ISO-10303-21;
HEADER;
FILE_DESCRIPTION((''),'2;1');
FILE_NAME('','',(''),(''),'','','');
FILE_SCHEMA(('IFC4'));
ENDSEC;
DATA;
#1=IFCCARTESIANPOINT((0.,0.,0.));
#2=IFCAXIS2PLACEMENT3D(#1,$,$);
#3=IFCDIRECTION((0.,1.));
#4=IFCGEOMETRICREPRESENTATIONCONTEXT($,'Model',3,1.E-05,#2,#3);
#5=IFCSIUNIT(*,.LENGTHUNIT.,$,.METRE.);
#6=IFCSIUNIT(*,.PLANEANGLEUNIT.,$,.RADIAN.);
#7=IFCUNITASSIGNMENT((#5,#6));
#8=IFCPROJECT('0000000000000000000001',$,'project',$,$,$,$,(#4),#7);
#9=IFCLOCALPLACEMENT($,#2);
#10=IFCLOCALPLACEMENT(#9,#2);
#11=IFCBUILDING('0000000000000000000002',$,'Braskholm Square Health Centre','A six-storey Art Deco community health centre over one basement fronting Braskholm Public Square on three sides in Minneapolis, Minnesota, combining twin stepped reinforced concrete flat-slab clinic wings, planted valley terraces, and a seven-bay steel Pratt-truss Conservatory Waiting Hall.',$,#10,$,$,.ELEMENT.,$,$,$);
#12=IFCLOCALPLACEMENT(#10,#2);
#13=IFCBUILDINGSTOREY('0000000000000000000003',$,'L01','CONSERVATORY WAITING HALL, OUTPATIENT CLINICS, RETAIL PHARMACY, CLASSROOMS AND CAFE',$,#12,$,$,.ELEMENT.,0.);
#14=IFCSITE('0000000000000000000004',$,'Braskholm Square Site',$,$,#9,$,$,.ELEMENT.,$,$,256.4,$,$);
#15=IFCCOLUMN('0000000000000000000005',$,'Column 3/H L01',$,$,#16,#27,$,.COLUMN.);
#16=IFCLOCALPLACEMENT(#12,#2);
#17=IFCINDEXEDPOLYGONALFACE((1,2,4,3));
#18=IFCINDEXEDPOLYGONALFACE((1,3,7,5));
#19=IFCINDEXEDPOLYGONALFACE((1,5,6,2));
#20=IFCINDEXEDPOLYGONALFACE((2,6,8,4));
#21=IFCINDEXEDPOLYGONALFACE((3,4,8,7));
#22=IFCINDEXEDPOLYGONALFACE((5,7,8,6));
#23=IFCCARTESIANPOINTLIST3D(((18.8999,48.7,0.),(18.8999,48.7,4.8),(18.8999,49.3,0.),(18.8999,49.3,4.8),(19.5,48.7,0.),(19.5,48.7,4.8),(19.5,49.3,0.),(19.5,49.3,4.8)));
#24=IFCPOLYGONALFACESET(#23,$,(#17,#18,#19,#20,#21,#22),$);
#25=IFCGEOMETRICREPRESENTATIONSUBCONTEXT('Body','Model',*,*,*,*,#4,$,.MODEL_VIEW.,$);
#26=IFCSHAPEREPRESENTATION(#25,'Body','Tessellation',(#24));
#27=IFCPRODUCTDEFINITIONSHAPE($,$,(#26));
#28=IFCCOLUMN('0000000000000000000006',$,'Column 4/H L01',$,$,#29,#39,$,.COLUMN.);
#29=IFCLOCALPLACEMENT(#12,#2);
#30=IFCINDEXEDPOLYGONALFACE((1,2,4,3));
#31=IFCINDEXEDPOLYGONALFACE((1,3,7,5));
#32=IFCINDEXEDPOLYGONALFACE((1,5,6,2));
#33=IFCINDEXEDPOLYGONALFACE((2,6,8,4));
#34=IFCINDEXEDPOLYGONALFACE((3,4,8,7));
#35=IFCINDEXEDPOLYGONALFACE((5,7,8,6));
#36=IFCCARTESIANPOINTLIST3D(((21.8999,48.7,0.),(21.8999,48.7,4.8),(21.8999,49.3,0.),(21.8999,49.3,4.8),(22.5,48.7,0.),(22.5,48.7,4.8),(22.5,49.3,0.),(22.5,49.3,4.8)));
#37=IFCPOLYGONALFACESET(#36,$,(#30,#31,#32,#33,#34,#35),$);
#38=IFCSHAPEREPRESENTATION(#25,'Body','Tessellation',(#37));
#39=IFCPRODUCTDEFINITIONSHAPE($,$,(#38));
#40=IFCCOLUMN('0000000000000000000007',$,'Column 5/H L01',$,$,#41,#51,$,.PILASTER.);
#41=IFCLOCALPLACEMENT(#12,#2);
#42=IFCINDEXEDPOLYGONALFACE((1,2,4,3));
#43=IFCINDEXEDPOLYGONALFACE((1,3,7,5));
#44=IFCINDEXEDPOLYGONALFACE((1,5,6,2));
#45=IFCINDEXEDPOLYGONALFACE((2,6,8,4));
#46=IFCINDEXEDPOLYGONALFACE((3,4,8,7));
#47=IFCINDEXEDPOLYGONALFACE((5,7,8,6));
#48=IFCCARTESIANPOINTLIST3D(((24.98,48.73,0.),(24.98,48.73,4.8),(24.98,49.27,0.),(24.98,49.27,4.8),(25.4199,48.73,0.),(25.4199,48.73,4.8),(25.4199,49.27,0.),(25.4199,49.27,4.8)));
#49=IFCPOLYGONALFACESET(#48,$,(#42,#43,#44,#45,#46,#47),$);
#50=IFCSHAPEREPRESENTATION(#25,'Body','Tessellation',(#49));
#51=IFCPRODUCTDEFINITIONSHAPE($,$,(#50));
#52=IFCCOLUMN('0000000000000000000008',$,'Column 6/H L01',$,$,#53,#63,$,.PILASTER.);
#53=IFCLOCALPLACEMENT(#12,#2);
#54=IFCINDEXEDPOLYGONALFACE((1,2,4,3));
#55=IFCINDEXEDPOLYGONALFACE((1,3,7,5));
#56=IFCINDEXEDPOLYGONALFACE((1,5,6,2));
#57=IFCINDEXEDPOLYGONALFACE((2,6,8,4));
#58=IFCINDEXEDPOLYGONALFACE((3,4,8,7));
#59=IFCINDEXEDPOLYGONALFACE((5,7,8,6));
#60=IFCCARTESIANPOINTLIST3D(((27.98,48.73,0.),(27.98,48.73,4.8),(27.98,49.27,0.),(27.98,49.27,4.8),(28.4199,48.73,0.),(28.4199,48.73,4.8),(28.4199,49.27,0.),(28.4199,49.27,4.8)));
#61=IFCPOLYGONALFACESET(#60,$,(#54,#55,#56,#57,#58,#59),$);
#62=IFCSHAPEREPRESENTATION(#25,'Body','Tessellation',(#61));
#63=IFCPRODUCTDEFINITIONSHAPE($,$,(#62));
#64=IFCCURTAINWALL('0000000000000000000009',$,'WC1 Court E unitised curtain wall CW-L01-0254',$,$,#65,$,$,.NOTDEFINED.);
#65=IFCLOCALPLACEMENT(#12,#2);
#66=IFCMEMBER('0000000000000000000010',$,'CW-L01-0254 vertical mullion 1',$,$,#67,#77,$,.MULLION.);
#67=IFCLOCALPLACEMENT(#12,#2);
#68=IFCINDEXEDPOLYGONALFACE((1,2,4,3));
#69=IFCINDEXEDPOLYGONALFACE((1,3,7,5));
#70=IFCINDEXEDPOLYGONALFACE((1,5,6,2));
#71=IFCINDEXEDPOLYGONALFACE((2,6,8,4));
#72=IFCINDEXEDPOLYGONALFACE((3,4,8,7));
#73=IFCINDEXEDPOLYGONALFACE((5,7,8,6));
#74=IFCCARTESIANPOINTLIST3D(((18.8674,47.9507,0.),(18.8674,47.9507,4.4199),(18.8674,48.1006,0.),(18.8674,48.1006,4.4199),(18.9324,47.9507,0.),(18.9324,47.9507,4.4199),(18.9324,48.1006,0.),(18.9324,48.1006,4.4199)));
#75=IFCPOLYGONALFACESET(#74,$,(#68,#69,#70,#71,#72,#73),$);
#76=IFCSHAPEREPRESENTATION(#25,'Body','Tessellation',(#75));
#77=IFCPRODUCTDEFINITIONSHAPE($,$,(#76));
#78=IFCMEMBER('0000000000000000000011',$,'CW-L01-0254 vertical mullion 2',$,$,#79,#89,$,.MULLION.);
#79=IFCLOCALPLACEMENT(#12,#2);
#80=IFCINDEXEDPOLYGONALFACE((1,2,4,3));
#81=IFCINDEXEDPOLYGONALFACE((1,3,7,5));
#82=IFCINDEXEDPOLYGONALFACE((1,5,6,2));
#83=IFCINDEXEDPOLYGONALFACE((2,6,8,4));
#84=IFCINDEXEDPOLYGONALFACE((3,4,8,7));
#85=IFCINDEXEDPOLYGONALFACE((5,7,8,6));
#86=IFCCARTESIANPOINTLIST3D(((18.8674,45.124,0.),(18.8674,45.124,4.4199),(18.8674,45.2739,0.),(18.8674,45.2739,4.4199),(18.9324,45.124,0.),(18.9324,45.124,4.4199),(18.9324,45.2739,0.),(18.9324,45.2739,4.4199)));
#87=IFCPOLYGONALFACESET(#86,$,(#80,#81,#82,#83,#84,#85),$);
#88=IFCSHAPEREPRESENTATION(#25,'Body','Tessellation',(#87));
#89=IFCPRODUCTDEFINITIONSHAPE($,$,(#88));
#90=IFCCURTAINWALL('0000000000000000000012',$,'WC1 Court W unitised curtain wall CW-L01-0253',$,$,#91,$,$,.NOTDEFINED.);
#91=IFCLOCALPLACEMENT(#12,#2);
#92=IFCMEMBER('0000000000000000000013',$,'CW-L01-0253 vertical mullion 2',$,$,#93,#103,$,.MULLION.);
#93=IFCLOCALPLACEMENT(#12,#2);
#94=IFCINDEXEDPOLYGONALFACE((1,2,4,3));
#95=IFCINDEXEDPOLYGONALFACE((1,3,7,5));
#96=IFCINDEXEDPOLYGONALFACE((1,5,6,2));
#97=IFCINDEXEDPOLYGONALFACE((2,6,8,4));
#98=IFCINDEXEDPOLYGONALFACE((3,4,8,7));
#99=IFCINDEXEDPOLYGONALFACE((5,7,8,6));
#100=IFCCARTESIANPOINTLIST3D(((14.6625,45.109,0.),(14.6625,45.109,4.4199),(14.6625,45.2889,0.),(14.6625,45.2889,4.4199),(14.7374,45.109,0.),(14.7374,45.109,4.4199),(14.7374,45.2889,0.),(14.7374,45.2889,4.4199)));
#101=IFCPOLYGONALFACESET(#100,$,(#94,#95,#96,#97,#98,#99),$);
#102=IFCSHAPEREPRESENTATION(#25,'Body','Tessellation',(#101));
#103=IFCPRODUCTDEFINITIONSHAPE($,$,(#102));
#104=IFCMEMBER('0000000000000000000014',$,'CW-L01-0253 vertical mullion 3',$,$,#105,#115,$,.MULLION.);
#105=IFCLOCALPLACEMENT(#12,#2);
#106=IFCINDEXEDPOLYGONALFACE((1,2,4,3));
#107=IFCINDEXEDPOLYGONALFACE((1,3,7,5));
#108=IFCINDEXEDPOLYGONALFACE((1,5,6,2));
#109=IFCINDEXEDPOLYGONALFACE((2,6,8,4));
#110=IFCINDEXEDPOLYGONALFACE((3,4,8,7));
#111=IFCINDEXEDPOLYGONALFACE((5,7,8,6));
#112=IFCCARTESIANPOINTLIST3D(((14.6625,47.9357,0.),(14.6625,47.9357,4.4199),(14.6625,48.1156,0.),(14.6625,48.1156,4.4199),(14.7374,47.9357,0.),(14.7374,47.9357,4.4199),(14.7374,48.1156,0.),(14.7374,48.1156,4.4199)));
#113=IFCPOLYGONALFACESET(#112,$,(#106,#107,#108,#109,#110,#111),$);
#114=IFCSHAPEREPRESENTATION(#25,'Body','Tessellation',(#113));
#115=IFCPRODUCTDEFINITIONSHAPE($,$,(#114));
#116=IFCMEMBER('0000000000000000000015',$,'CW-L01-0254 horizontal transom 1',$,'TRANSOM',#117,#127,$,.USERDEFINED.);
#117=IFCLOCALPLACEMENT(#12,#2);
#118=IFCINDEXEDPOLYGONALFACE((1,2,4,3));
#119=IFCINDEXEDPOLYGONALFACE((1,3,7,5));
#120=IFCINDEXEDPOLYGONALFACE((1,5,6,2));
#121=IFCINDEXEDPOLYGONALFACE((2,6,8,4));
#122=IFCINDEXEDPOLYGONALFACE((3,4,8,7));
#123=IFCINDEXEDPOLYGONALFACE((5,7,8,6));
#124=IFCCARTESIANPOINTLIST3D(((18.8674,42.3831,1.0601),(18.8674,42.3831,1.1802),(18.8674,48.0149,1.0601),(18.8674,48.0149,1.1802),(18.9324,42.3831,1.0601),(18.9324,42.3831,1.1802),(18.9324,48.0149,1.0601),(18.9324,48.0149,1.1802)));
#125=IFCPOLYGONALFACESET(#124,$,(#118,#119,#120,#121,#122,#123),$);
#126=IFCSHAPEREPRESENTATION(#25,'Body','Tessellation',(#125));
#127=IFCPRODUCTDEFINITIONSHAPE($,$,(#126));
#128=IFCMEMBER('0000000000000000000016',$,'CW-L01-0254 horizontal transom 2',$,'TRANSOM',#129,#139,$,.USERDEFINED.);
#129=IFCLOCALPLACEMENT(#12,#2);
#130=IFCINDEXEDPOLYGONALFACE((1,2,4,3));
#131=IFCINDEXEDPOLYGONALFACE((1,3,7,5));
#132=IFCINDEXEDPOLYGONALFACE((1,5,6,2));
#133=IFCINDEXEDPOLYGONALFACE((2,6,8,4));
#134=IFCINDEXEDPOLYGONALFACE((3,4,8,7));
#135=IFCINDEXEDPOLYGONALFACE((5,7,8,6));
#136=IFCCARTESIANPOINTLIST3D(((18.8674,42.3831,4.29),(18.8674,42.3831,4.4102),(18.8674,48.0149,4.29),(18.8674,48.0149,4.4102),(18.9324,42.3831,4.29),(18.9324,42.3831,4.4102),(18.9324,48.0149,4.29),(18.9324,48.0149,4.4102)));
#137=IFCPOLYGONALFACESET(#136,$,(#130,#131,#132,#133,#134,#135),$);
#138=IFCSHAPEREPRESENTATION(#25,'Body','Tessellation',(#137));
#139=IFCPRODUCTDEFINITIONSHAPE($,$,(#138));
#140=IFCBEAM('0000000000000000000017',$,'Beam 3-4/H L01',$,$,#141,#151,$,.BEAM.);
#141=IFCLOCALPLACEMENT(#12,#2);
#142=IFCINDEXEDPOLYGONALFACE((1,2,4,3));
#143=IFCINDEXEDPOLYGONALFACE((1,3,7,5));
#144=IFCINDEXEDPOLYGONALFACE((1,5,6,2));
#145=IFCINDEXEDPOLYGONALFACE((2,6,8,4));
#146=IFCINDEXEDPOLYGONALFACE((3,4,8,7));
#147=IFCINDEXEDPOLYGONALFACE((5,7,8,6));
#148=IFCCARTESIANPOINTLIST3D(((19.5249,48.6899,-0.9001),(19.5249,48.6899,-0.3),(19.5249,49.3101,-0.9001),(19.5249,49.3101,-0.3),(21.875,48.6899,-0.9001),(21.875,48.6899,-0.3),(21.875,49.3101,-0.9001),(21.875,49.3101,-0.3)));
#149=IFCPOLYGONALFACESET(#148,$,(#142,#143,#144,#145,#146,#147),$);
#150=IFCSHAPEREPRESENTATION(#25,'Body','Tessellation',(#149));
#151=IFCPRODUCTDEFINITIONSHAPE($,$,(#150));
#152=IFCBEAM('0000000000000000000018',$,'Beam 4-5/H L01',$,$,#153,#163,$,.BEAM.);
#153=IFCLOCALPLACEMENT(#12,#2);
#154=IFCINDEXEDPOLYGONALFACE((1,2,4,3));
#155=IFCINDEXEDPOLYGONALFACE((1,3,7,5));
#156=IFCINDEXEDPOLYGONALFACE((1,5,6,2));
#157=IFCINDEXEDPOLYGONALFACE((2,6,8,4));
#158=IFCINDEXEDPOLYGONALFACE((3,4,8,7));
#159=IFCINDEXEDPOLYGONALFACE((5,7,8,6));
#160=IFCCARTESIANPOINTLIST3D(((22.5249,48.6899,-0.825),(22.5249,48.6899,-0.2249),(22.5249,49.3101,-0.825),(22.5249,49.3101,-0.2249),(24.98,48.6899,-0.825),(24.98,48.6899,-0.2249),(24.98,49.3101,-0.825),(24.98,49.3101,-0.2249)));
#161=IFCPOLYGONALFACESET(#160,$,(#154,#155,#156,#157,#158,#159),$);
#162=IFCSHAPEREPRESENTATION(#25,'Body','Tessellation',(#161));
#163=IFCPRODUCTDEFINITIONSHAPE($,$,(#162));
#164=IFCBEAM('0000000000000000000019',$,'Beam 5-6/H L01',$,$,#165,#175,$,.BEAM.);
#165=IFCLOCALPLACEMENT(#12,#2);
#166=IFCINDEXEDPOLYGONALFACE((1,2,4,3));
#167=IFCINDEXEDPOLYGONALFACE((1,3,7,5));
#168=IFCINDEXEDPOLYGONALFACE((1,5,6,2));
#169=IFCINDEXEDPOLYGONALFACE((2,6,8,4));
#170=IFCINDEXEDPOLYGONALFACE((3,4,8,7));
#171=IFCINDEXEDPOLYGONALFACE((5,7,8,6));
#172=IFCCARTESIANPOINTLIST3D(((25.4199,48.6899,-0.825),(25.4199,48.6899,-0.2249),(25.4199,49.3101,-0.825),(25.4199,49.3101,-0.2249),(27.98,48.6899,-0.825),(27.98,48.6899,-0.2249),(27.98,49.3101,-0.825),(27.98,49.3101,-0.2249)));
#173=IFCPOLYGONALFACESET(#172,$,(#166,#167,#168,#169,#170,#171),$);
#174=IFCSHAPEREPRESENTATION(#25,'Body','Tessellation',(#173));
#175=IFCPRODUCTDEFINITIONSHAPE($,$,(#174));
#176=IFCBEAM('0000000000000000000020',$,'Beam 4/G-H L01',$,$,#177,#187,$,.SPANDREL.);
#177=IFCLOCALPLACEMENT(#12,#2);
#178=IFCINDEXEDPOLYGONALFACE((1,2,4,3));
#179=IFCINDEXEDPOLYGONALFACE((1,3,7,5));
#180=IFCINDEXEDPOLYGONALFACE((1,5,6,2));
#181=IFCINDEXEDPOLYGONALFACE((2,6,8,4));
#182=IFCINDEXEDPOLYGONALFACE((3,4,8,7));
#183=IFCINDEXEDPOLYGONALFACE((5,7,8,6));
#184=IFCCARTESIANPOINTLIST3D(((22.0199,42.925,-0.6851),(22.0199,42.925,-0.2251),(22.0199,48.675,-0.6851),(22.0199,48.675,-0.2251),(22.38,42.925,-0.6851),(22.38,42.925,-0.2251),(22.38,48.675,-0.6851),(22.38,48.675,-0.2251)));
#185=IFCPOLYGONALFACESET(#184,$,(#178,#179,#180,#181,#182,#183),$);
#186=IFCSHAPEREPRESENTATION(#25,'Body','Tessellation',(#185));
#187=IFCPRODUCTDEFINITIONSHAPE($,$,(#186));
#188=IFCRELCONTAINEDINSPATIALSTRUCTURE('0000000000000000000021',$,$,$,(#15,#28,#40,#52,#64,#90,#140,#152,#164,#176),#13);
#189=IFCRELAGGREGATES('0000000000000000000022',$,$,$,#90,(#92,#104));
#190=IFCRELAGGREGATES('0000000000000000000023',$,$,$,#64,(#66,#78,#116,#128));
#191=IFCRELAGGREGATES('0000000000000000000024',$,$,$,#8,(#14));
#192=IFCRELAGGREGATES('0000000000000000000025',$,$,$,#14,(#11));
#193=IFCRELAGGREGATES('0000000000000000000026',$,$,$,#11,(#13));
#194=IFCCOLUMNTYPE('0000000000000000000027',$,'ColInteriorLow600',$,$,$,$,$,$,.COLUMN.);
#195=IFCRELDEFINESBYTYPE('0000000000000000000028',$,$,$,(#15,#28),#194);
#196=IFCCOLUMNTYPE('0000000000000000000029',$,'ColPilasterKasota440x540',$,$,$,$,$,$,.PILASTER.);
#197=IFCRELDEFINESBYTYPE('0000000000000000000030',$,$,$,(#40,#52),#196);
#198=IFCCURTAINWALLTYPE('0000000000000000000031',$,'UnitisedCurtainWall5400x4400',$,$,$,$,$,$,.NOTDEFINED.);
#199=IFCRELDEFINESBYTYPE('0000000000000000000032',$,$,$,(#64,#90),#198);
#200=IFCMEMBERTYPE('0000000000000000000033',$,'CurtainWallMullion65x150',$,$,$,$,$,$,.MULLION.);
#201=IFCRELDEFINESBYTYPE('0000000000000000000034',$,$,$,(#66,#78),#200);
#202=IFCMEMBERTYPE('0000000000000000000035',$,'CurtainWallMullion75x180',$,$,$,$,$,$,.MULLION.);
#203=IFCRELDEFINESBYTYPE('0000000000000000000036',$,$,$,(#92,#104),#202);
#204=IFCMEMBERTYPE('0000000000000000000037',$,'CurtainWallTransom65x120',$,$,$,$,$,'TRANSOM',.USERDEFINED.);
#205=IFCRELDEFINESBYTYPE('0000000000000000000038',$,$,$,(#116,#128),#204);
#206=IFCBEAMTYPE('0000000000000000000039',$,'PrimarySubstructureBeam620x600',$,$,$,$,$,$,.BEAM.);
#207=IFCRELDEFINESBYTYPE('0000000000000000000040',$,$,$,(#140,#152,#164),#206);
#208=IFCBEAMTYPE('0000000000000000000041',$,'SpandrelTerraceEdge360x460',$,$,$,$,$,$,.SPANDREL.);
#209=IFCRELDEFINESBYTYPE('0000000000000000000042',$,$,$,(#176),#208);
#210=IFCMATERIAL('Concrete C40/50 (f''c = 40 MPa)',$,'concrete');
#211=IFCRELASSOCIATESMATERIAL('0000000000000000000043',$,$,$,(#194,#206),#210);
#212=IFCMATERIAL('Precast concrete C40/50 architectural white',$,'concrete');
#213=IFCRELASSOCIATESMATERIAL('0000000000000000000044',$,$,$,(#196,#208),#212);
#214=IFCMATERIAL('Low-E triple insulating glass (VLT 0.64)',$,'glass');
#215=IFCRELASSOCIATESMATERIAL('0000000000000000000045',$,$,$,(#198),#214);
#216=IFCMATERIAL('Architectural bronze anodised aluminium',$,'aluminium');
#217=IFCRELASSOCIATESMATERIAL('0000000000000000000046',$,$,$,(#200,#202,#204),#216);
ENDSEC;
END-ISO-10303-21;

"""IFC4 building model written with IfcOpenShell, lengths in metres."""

from ifc_helpers import new_model, si_unit, direction, frame, origin, origin_2d, place, context, subcontext, project, spatial, rectangle, extrude, material, material_profile, profile_set, type_object, element, aggregate, save


model = new_model("IFC4")

# Units and contexts
model_context = context("Model", 3, precision=1e-05, world=origin(), true_north=direction((0.0, 1.0)))
body_context = subcontext(model_context, "Body", "Model", "MODEL_VIEW")
ifc_project = project(units=[si_unit("LENGTHUNIT", "METRE"), si_unit("PLANEANGLEUNIT", "RADIAN")], contexts=[model_context])

# Site, building, storey
site_placement = place(None, origin())
site = spatial("IfcSite", under=ifc_project, at=site_placement, Name="Braskholm Square Site", CompositionType="ELEMENT", RefElevation=256.4)
building_placement = place(site_placement, origin())
building = spatial("IfcBuilding", under=site, at=building_placement, Name="Braskholm Square Health Centre", Description="A six-storey Art Deco community health centre over one basement fronting Braskholm Public Square on three sides in Minneapolis, Minnesota, combining twin stepped reinforced concrete flat-slab clinic wings, planted valley terraces, and a seven-bay steel Pratt-truss Conservatory Waiting Hall.", CompositionType="ELEMENT")
storey_placement = place(building_placement, origin())
storey = spatial("IfcBuildingStorey", under=building, at=storey_placement, Name="L01", Description="CONSERVATORY WAITING HALL, OUTPATIENT CLINICS, RETAIL PHARMACY, CLASSROOMS AND CAFE", CompositionType="ELEMENT", Elevation=0.0)

# Columns
ifc_material_1 = material(Name="Concrete C40/50 (f'c = 40 MPa)", Category="concrete")
ifc_material_profile_1 = material_profile(ifc_material_1, rectangle(XDim=0.6001, YDim=0.6001, at=origin_2d()), Name="RC-600X600")
ifc_profile_set_1 = profile_set([ifc_material_profile_1], Name="Concrete C40/50 (f'c = 40 MPa)")
column_type_1 = type_object("IfcColumnType", Name="ColInteriorLow600", PredefinedType="COLUMN", material=ifc_profile_set_1)
for number, where, z_axis, x_axis, name in (
    (1, (19.2, 49.0, 0.0), (0.0, 0.0, 1.0), (1.0, 0.0, 0.0), "Column 3/H L01"),
    (2, (22.2, 49.0, 0.0), (0.0, 0.0, 1.0), (1.0, 0.0, 0.0), "Column 4/H L01"),
):
    element("IfcColumn", number, at=place(storey_placement, frame(where, z_axis=z_axis, x_axis=x_axis)), inside=storey, type_object=column_type_1, Name=name, PredefinedType="COLUMN", context=body_context, shape_type="SweptSolid", body=[
        extrude(rectangle(XDim=0.6001, YDim=0.6001, at=origin_2d()), origin(), (0.0, 0.0, 1.0), 4.8),
    ])
ifc_material_2 = material(Name="Precast concrete C40/50 architectural white", Category="concrete")
ifc_material_profile_2 = material_profile(ifc_material_2, rectangle(XDim=0.4399, YDim=0.54, at=origin_2d()), Name="RC-440X540")
ifc_profile_set_2 = profile_set([ifc_material_profile_2], Name="Precast concrete C40/50 architectural white")
column_type_2 = type_object("IfcColumnType", Name="ColPilasterKasota440x540", PredefinedType="PILASTER", material=ifc_profile_set_2)
for number, where, z_axis, x_axis, name in (
    (3, (25.2, 49.0, 0.0), (0.0, 0.0, 1.0), (1.0, 0.0, 0.0), "Column 5/H L01"),
    (4, (28.2, 49.0, 0.0), (0.0, 0.0, 1.0), (1.0, 0.0, 0.0), "Column 6/H L01"),
):
    element("IfcColumn", number, at=place(storey_placement, frame(where, z_axis=z_axis, x_axis=x_axis)), inside=storey, type_object=column_type_2, Name=name, PredefinedType="PILASTER", context=body_context, shape_type="SweptSolid", body=[
        extrude(rectangle(XDim=0.4399, YDim=0.54, at=origin_2d()), origin(), (0.0, 0.0, 1.0), 4.8),
    ])

# Curtain walls, members
ifc_material_3 = material(Name="Low-E triple insulating glass (VLT 0.64)", Category="glass")
curtain_wall_type = type_object("IfcCurtainWallType", Name="UnitisedCurtainWall5400x4400", PredefinedType="NOTDEFINED", material=ifc_material_3)
curtain_wall_1_placement = place(storey_placement, origin())
curtain_wall_1 = element("IfcCurtainWall", 5, at=curtain_wall_1_placement, inside=storey, type_object=curtain_wall_type, Name="WC1 Court E unitised curtain wall CW-L01-0254", PredefinedType="NOTDEFINED")
ifc_material_4 = material(Name="Architectural bronze anodised aluminium", Category="aluminium")
ifc_material_profile_3 = material_profile(ifc_material_4, rectangle(XDim=0.0649, YDim=0.1499, at=origin_2d()), Name="ALU-65X150")
ifc_profile_set_3 = profile_set([ifc_material_profile_3], Name="Architectural bronze anodised aluminium")
member_type_1 = type_object("IfcMemberType", Name="CurtainWallMullion65x150", PredefinedType="MULLION", material=ifc_profile_set_3)
member_1_placement = place(storey_placement, frame((18.8999, 48.0256, 0.0), z_axis=(0.0, 0.0, 1.0), x_axis=(1.0, 0.0, 0.0)))
member_1 = element("IfcMember", 6, at=member_1_placement, type_object=member_type_1, Name="CW-L01-0254 vertical mullion 1", PredefinedType="MULLION", context=body_context, shape_type="SweptSolid", body=[
    extrude(rectangle(XDim=0.0649, YDim=0.1499, at=origin_2d()), origin(), (0.0, 0.0, 1.0), 4.4199),
])
member_2_placement = place(storey_placement, frame((18.8999, 45.199, 0.0), z_axis=(0.0, 0.0, 1.0), x_axis=(1.0, 0.0, 0.0)))
member_2 = element("IfcMember", 7, at=member_2_placement, type_object=member_type_1, Name="CW-L01-0254 vertical mullion 2", PredefinedType="MULLION", context=body_context, shape_type="SweptSolid", body=[
    extrude(rectangle(XDim=0.0649, YDim=0.1499, at=origin_2d()), origin(), (0.0, 0.0, 1.0), 4.4199),
])
curtain_wall_2_placement = place(storey_placement, origin())
curtain_wall_2 = element("IfcCurtainWall", 8, at=curtain_wall_2_placement, inside=storey, type_object=curtain_wall_type, Name="WC1 Court W unitised curtain wall CW-L01-0253", PredefinedType="NOTDEFINED")
ifc_material_profile_4 = material_profile(ifc_material_4, rectangle(XDim=0.075, YDim=0.1799, at=origin_2d()), Name="ALU-75X180")
ifc_profile_set_4 = profile_set([ifc_material_profile_4], Name="Architectural bronze anodised aluminium")
member_type_2 = type_object("IfcMemberType", Name="CurtainWallMullion75x180", PredefinedType="MULLION", material=ifc_profile_set_4)
member_3_placement = place(storey_placement, frame((14.7, 45.199, 0.0), z_axis=(0.0, 0.0, 1.0), x_axis=(1.0, 0.0, 0.0)))
member_3 = element("IfcMember", 9, at=member_3_placement, type_object=member_type_2, Name="CW-L01-0253 vertical mullion 2", PredefinedType="MULLION", context=body_context, shape_type="SweptSolid", body=[
    extrude(rectangle(XDim=0.075, YDim=0.1799, at=origin_2d()), origin(), (0.0, 0.0, 1.0), 4.4199),
])
member_4_placement = place(storey_placement, frame((14.7, 48.0256, 0.0), z_axis=(0.0, 0.0, 1.0), x_axis=(1.0, 0.0, 0.0)))
member_4 = element("IfcMember", 10, at=member_4_placement, type_object=member_type_2, Name="CW-L01-0253 vertical mullion 3", PredefinedType="MULLION", context=body_context, shape_type="SweptSolid", body=[
    extrude(rectangle(XDim=0.075, YDim=0.1799, at=origin_2d()), origin(), (0.0, 0.0, 1.0), 4.4199),
])

# Members
ifc_material_profile_5 = material_profile(ifc_material_4, rectangle(XDim=0.0649, YDim=0.1201, at=origin_2d()), Name="ALU-65X120")
ifc_profile_set_5 = profile_set([ifc_material_profile_5], Name="Architectural bronze anodised aluminium")
member_type_3 = type_object("IfcMemberType", Name="CurtainWallTransom65x120", ElementType="TRANSOM", PredefinedType="USERDEFINED", material=ifc_profile_set_5)
member_5_placement = place(storey_placement, frame((18.8999, 48.0149, 1.1201), z_axis=(0.0, -1.0, 0.0), x_axis=(1.0, 0.0, 0.0)))
member_5 = element("IfcMember", 11, at=member_5_placement, type_object=member_type_3, Name="CW-L01-0254 horizontal transom 1", ObjectType="TRANSOM", PredefinedType="USERDEFINED", context=body_context, shape_type="SweptSolid", body=[
    extrude(rectangle(XDim=0.0649, YDim=0.1201, at=origin_2d()), origin(), (0.0, 0.0, 1.0), 5.6318),
])
member_6_placement = place(storey_placement, frame((18.8999, 48.0149, 4.3501), z_axis=(0.0, -1.0, 0.0), x_axis=(1.0, 0.0, 0.0)))
member_6 = element("IfcMember", 12, at=member_6_placement, type_object=member_type_3, Name="CW-L01-0254 horizontal transom 2", ObjectType="TRANSOM", PredefinedType="USERDEFINED", context=body_context, shape_type="SweptSolid", body=[
    extrude(rectangle(XDim=0.0649, YDim=0.1201, at=origin_2d()), origin(), (0.0, 0.0, 1.0), 5.6318),
])

# Beams
ifc_material_profile_6 = material_profile(ifc_material_1, rectangle(XDim=0.6201, YDim=0.6001, at=origin_2d()), Name="RCB-620X600")
ifc_profile_set_6 = profile_set([ifc_material_profile_6], Name="Concrete C40/50 (f'c = 40 MPa)")
beam_type_1 = type_object("IfcBeamType", Name="PrimarySubstructureBeam620x600", PredefinedType="BEAM", material=ifc_profile_set_6)
beam_1_placement = place(storey_placement, frame((19.5249, 49.0, -0.6001), z_axis=(1.0, 0.0, 0.0), x_axis=(0.0, 1.0, 0.0)))
element("IfcBeam", 13, at=beam_1_placement, inside=storey, type_object=beam_type_1, Name="Beam 3-4/H L01", PredefinedType="BEAM", context=body_context, shape_type="SweptSolid", body=[
    extrude(rectangle(XDim=0.6201, YDim=0.6001, at=origin_2d()), origin(), (0.0, 0.0, 1.0), 2.3501),
])
beam_2_placement = place(storey_placement, frame((22.5249, 49.0, -0.5249), z_axis=(1.0, 0.0, 0.0), x_axis=(0.0, 1.0, 0.0)))
element("IfcBeam", 14, at=beam_2_placement, inside=storey, type_object=beam_type_1, Name="Beam 4-5/H L01", PredefinedType="BEAM", context=body_context, shape_type="SweptSolid", body=[
    extrude(rectangle(XDim=0.6201, YDim=0.6001, at=origin_2d()), origin(), (0.0, 0.0, 1.0), 2.4551),
])
beam_3_placement = place(storey_placement, frame((25.4199, 49.0, -0.5249), z_axis=(1.0, 0.0, 0.0), x_axis=(0.0, 1.0, 0.0)))
element("IfcBeam", 15, at=beam_3_placement, inside=storey, type_object=beam_type_1, Name="Beam 5-6/H L01", PredefinedType="BEAM", context=body_context, shape_type="SweptSolid", body=[
    extrude(rectangle(XDim=0.6201, YDim=0.6001, at=origin_2d()), origin(), (0.0, 0.0, 1.0), 2.5601),
])
ifc_material_profile_7 = material_profile(ifc_material_2, rectangle(XDim=0.3601, YDim=0.46, at=origin_2d()), Name="RCB-360X460")
ifc_profile_set_7 = profile_set([ifc_material_profile_7], Name="Precast concrete C40/50 architectural white")
beam_type_2 = type_object("IfcBeamType", Name="SpandrelTerraceEdge360x460", PredefinedType="SPANDREL", material=ifc_profile_set_7)
beam_4_placement = place(storey_placement, frame((22.2, 42.925, -0.4551), z_axis=(0.0, 1.0, 0.0), x_axis=(-1.0, 0.0, 0.0)))
element("IfcBeam", 16, at=beam_4_placement, inside=storey, type_object=beam_type_2, Name="Beam 4/G-H L01", PredefinedType="SPANDREL", context=body_context, shape_type="SweptSolid", body=[
    extrude(rectangle(XDim=0.3601, YDim=0.46, at=origin_2d()), origin(), (0.0, 0.0, 1.0), 5.75),
])

aggregate(curtain_wall_2, [member_3, member_4])
aggregate(curtain_wall_1, [member_1, member_2, member_5, member_6])

save(model, "model.ifc")
